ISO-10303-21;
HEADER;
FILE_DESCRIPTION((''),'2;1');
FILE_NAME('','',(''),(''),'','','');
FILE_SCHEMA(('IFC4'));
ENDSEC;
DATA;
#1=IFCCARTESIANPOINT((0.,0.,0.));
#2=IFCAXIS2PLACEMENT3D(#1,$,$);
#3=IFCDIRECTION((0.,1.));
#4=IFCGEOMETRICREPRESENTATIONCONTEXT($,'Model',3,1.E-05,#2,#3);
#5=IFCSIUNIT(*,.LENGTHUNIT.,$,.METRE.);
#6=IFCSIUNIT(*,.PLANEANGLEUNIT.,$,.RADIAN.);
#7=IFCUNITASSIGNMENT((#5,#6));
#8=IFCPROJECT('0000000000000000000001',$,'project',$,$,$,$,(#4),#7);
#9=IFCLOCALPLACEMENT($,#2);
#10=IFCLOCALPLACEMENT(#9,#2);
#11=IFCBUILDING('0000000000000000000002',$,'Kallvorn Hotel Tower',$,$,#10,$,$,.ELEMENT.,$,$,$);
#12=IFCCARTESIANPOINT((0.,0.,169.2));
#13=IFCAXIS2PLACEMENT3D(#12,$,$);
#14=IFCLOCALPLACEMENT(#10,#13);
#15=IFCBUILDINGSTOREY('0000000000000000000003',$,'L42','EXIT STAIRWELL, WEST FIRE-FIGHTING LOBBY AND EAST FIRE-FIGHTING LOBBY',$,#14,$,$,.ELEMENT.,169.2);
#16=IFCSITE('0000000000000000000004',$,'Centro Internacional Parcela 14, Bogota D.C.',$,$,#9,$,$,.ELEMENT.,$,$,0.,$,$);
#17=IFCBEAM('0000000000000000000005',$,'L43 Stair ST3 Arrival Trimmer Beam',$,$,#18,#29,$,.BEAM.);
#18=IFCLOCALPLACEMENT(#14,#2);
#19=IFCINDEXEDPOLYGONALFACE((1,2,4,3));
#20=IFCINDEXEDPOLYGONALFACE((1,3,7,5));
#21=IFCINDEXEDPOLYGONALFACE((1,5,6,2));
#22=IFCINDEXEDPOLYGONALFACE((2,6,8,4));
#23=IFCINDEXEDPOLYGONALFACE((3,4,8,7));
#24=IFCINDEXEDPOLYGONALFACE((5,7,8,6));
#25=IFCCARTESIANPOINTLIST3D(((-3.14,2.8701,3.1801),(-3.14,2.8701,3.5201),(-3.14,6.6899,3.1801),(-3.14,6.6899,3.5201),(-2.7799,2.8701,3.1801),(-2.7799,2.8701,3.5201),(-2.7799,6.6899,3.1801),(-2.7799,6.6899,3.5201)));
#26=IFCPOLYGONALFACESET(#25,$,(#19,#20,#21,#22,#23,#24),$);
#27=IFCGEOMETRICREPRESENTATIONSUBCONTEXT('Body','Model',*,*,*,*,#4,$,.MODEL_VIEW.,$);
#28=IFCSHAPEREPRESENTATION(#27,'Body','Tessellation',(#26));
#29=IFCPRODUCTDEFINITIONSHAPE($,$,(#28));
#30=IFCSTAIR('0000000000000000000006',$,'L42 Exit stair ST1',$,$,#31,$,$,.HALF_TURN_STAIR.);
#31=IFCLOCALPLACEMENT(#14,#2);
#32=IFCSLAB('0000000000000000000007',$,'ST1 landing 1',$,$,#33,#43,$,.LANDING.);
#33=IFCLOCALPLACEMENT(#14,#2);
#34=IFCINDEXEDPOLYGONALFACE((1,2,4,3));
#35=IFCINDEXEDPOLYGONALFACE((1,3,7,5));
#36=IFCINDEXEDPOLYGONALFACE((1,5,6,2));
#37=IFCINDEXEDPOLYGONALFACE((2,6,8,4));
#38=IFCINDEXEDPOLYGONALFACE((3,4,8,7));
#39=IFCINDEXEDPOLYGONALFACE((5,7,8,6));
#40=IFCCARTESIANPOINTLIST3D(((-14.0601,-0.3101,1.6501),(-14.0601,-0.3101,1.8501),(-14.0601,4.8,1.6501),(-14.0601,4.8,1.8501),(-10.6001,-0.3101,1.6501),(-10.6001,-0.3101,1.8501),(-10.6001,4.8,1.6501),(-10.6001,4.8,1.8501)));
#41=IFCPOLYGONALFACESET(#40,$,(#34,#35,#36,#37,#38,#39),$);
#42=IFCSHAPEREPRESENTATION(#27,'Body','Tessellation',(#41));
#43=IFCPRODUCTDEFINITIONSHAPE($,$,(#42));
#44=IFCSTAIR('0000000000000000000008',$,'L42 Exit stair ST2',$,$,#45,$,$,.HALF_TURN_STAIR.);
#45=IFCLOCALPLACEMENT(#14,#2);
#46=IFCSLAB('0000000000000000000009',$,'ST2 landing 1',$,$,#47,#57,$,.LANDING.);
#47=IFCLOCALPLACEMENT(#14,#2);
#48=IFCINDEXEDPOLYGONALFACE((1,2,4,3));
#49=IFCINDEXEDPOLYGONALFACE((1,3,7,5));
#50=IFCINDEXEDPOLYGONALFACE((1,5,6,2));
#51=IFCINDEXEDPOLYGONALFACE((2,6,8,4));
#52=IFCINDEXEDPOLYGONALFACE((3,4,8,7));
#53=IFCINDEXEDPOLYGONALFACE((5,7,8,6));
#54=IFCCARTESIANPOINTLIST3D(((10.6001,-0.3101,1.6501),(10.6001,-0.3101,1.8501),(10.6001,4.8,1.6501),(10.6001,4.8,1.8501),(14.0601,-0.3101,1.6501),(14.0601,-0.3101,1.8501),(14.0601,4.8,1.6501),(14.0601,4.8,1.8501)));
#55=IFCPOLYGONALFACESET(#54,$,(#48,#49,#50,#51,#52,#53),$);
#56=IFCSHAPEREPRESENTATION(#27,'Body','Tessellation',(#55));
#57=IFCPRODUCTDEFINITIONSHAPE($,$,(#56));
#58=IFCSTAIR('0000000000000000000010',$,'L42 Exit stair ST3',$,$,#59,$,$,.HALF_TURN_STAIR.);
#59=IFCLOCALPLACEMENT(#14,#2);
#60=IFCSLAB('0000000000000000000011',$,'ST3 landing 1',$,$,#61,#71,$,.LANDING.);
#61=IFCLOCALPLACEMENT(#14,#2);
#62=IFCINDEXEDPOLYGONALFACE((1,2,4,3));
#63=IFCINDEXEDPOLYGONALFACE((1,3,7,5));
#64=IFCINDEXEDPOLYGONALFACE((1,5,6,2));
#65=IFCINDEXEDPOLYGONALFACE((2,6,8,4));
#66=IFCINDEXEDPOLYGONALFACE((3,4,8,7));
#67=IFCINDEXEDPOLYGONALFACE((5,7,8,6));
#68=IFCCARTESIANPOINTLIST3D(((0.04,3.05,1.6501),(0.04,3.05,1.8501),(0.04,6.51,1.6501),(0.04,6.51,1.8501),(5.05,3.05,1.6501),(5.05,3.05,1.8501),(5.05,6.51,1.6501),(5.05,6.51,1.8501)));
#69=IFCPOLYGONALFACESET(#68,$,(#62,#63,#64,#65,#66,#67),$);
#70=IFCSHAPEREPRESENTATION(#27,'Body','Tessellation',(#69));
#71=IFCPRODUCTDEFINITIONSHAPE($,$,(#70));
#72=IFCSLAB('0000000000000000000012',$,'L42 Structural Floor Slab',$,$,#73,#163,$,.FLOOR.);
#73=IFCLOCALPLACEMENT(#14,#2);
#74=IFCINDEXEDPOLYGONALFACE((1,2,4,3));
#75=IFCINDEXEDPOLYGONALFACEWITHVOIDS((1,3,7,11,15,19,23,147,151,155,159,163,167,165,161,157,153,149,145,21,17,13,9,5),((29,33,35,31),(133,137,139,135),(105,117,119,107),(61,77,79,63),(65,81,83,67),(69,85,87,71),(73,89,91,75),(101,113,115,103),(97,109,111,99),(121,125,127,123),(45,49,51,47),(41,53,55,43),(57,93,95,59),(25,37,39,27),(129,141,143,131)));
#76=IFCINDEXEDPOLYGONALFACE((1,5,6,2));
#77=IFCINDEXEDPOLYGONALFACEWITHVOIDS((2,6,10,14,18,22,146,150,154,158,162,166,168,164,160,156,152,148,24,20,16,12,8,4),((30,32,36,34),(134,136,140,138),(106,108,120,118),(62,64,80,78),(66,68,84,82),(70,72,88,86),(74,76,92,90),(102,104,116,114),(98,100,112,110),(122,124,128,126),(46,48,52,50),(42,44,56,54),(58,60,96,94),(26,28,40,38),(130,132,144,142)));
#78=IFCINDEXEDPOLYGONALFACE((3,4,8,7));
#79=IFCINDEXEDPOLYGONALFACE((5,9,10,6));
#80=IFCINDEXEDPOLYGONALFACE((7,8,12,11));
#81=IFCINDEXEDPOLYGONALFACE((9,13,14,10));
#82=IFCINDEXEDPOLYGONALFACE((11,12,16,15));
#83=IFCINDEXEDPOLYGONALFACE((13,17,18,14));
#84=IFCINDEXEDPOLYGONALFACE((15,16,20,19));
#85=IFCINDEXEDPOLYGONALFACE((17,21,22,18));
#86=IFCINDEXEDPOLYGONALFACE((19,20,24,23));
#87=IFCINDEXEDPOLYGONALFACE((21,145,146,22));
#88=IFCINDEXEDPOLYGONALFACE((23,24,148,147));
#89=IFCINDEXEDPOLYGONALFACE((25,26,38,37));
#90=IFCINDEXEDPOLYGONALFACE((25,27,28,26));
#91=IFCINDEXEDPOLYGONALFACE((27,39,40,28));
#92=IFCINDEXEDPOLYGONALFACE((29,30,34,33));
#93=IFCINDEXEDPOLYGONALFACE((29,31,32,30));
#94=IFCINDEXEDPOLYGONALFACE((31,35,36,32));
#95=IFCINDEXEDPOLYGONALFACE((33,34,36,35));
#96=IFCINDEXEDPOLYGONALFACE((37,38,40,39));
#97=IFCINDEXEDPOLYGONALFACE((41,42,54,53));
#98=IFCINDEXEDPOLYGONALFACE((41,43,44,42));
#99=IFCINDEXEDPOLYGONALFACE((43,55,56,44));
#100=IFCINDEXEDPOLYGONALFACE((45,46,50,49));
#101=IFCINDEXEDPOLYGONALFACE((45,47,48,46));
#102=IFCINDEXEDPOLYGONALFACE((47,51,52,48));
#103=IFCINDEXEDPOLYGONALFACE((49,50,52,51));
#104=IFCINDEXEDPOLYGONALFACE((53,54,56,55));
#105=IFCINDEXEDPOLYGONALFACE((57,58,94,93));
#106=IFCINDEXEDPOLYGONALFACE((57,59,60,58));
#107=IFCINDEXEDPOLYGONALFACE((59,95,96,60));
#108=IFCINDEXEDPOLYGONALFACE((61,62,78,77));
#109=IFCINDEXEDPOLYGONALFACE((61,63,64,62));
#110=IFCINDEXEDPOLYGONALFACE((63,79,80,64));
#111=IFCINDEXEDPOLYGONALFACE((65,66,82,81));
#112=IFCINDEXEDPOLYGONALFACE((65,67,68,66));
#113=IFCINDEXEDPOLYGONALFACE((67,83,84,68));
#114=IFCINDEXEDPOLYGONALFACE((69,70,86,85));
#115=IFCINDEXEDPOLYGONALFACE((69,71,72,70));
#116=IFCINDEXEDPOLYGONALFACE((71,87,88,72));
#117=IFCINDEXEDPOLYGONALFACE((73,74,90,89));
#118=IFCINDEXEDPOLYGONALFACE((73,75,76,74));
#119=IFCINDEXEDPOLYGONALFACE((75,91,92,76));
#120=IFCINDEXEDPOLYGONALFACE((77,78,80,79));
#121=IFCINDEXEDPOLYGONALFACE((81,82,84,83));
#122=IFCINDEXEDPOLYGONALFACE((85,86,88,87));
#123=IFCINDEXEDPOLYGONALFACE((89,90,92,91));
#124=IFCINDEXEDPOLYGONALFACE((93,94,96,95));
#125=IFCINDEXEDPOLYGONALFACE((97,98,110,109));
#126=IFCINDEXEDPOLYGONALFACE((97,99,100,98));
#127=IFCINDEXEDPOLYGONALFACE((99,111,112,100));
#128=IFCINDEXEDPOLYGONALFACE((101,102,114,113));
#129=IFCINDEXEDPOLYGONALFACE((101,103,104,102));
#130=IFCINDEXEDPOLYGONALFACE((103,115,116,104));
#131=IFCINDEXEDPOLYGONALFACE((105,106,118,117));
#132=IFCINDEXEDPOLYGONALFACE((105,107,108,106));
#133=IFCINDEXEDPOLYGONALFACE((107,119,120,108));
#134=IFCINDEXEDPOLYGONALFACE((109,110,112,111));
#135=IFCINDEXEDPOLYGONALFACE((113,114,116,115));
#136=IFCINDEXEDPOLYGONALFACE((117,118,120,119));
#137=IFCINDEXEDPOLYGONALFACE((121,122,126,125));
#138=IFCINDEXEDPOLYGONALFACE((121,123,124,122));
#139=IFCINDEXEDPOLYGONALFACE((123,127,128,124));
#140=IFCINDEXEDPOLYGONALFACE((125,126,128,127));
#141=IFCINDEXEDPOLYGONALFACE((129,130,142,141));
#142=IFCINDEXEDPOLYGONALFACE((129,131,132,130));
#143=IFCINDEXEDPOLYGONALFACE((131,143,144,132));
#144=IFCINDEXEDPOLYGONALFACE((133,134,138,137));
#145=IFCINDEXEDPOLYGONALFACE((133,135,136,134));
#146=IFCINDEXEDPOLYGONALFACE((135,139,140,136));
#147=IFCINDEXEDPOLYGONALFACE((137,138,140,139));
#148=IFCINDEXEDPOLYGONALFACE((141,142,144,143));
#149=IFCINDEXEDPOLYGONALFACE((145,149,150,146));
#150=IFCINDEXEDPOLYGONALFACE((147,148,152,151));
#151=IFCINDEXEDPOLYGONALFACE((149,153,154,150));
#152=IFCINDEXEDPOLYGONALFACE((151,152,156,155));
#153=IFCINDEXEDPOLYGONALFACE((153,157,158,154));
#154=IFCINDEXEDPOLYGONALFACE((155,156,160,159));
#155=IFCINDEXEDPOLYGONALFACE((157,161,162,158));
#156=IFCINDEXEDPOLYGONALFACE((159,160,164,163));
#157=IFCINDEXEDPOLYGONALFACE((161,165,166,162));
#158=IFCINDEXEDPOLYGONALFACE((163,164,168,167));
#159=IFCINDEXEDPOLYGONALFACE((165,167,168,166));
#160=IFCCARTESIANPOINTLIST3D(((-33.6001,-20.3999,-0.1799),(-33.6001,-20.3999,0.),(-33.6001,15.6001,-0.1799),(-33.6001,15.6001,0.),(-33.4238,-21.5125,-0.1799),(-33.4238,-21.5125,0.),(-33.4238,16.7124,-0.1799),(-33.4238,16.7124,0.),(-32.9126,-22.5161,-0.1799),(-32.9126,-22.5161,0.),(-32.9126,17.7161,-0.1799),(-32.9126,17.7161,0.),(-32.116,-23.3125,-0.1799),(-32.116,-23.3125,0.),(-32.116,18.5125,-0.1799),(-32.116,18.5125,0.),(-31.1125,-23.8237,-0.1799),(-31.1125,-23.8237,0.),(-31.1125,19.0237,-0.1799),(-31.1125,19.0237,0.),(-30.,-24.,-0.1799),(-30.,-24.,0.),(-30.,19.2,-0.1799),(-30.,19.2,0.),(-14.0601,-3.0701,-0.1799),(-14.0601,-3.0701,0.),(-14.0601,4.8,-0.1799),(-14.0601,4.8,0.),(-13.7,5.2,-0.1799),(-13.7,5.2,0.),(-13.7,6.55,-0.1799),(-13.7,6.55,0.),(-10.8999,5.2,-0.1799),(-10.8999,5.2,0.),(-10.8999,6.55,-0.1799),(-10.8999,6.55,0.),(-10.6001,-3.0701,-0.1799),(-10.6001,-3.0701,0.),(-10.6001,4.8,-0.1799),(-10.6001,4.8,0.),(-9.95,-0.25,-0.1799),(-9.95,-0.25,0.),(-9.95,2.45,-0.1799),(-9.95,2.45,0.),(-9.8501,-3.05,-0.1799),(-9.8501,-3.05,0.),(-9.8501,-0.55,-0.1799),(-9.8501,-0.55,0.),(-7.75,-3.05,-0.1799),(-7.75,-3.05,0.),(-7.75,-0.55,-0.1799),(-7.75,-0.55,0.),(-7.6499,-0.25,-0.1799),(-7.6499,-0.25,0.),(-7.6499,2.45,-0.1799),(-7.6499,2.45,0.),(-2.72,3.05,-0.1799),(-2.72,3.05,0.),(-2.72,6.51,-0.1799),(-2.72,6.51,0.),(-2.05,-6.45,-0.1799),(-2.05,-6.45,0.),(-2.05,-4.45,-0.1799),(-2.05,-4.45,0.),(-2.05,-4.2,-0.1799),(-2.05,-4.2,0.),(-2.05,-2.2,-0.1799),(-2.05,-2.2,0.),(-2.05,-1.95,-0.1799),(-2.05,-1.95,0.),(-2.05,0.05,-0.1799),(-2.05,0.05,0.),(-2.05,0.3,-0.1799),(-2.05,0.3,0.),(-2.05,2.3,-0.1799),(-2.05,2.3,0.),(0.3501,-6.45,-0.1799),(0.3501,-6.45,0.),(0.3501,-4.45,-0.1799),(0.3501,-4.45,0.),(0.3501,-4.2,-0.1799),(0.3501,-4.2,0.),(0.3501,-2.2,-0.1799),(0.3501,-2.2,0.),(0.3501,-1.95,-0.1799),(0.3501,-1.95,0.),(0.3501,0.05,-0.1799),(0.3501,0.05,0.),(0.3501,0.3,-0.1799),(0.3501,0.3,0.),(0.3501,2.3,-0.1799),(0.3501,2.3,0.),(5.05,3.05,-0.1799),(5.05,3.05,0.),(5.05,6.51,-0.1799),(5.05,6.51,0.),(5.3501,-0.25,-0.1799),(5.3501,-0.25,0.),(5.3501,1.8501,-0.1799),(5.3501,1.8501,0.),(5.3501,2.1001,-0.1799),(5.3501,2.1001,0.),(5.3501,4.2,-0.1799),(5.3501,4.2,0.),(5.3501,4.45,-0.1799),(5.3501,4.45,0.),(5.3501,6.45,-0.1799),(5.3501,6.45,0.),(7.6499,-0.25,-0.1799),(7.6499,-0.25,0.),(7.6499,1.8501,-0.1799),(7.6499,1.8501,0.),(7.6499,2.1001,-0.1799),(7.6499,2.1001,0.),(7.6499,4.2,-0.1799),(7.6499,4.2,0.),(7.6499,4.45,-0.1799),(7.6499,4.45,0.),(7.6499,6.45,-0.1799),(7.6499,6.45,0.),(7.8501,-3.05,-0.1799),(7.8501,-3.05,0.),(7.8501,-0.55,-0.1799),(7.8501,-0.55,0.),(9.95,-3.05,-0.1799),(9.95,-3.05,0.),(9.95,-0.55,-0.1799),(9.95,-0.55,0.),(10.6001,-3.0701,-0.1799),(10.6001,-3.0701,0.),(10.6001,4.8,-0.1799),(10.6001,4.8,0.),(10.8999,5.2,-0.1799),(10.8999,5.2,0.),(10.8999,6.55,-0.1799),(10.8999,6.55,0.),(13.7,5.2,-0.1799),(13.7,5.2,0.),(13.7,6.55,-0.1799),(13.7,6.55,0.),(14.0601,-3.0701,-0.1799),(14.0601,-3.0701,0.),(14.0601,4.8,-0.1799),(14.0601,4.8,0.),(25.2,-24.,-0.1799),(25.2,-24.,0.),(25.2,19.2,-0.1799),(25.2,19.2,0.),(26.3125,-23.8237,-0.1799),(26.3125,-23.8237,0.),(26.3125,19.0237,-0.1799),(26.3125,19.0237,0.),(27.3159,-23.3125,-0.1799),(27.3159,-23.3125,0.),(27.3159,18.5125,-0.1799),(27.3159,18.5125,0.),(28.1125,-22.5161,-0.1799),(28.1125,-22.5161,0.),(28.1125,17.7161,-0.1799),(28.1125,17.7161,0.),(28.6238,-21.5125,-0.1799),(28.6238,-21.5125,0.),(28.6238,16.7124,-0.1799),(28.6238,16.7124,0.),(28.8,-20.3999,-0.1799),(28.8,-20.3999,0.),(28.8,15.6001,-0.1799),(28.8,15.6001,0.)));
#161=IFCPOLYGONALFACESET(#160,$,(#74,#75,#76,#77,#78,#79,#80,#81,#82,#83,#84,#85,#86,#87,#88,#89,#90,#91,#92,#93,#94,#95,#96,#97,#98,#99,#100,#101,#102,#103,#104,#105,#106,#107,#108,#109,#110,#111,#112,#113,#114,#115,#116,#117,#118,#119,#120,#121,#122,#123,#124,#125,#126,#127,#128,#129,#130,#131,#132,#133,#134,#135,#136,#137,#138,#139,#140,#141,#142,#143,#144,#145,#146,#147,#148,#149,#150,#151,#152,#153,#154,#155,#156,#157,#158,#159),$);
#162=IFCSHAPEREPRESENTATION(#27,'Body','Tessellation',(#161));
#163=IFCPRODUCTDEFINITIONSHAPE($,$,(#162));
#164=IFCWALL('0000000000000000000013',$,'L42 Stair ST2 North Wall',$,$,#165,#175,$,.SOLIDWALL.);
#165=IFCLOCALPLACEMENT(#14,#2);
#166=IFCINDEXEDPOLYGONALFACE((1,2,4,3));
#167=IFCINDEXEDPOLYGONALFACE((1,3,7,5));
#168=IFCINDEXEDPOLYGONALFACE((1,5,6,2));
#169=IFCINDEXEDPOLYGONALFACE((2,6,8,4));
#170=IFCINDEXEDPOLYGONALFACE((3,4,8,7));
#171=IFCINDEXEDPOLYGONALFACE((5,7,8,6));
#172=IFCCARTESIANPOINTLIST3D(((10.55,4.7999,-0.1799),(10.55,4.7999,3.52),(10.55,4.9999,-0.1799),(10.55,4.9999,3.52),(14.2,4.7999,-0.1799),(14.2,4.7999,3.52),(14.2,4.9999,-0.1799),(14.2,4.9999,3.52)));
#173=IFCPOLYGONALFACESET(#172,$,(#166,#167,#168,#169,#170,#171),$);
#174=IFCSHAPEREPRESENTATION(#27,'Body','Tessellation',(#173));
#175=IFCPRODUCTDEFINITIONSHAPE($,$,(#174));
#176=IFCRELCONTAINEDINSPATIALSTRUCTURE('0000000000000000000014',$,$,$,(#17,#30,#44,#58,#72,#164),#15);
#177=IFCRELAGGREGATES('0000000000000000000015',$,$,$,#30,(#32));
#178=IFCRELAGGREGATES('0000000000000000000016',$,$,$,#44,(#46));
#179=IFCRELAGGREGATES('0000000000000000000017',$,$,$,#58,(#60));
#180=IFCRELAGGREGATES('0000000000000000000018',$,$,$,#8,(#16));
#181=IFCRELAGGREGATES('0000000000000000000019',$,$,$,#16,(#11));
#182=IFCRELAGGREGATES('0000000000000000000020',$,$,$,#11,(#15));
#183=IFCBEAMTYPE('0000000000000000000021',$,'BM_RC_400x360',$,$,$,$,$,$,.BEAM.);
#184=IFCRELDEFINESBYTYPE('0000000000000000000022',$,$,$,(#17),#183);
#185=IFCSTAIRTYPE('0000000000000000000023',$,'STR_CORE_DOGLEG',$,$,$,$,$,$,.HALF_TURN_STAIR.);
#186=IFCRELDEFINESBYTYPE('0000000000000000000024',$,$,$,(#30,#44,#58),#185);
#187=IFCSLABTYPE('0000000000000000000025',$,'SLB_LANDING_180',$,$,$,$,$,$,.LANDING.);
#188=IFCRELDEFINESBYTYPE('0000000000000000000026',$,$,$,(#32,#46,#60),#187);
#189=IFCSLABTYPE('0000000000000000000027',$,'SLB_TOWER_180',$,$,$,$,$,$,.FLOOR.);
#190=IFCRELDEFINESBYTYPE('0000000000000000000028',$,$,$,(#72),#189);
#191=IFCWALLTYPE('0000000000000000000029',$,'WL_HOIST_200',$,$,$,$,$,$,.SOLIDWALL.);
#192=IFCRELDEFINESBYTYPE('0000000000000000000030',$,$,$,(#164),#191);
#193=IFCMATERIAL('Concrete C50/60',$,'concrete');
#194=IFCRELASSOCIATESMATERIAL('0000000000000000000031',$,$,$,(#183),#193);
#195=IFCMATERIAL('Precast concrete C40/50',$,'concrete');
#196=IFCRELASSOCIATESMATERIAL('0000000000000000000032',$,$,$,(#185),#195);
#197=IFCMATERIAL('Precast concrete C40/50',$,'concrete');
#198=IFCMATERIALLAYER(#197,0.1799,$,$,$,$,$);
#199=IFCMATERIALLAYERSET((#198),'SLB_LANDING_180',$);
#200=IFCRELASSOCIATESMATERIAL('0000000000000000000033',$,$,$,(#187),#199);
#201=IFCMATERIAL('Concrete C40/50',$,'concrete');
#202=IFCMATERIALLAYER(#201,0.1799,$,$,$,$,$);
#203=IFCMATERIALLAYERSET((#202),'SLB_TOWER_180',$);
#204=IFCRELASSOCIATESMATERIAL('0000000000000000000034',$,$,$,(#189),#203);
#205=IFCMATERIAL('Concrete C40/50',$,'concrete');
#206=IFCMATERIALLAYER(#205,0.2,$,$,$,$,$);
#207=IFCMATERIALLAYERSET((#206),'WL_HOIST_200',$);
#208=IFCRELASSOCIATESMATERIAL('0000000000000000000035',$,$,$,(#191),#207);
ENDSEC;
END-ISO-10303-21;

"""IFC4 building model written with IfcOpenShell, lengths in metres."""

from ifc_helpers import new_model, si_unit, direction, frame, frame_2d, origin, origin_2d, place, context, subcontext, project, spatial, polyline, rectangle, outline, extrude, material, layer, layer_set, material_profile, profile_set, type_object, element, aggregate, save


model = new_model("IFC4")

# Units and contexts
model_context = context("Model", 3, precision=1e-05, world=origin(), true_north=direction((0.0, 1.0)))
body_context = subcontext(model_context, "Body", "Model", "MODEL_VIEW")
ifc_project = project(units=[si_unit("LENGTHUNIT", "METRE"), si_unit("PLANEANGLEUNIT", "RADIAN")], contexts=[model_context])

# Site, building, storey
site_placement = place(None, origin())
site = spatial("IfcSite", under=ifc_project, at=site_placement, Name="Centro Internacional Parcela 14, Bogota D.C.", CompositionType="ELEMENT", RefElevation=0.0)
building_placement = place(site_placement, origin())
building = spatial("IfcBuilding", under=site, at=building_placement, Name="Kallvorn Hotel Tower", CompositionType="ELEMENT")
storey_placement = place(building_placement, frame((0.0, 0.0, 169.2)))
storey = spatial("IfcBuildingStorey", under=building, at=storey_placement, Name="L42", Description="EXIT STAIRWELL, WEST FIRE-FIGHTING LOBBY AND EAST FIRE-FIGHTING LOBBY", CompositionType="ELEMENT", Elevation=169.2)

# Beam
ifc_material_1 = material(Name="Concrete C50/60", Category="concrete")
ifc_material_profile = material_profile(ifc_material_1, rectangle(XDim=0.3601, YDim=0.3401, at=origin_2d()), Name="RC 360x340")
ifc_profile_set = profile_set([ifc_material_profile], Name="Concrete C50/60")
beam_type = type_object("IfcBeamType", Name="BM_RC_400x360", PredefinedType="BEAM", material=ifc_profile_set)
beam_placement = place(storey_placement, frame((-2.96, 2.8701, 3.3501), z_axis=(0.0, 1.0, 0.0), x_axis=(-1.0, 0.0, 0.0)))
element("IfcBeam", 1, at=beam_placement, inside=storey, type_object=beam_type, Name="L43 Stair ST3 Arrival Trimmer Beam", PredefinedType="BEAM", context=body_context, shape_type="SweptSolid", body=[
    extrude(rectangle(XDim=0.3601, YDim=0.3401, at=origin_2d()), origin(), (0.0, 0.0, 1.0), 3.8198),
])

# Stairs, slabs
ifc_material_2 = material(Name="Precast concrete C40/50", Category="concrete")
stair_type = type_object("IfcStairType", Name="STR_CORE_DOGLEG", PredefinedType="HALF_TURN_STAIR", material=ifc_material_2)
stair_1_placement = place(storey_placement, origin())
stair_1 = element("IfcStair", 2, at=stair_1_placement, inside=storey, type_object=stair_type, Name="L42 Exit stair ST1", PredefinedType="HALF_TURN_STAIR")
ifc_material_3 = material(Name="Precast concrete C40/50", Category="concrete")
ifc_layer_1 = layer(ifc_material_3, 0.1799)
ifc_layer_set_1 = layer_set([ifc_layer_1], Name="SLB_LANDING_180")
slab_type_1 = type_object("IfcSlabType", Name="SLB_LANDING_180", PredefinedType="LANDING", material=ifc_layer_set_1)
slab_1_placement = place(storey_placement, frame((0.0, 0.0, 1.6501)))
slab_1 = element("IfcSlab", 3, at=slab_1_placement, type_object=slab_type_1, Name="ST1 landing 1", PredefinedType="LANDING", context=body_context, shape_type="SweptSolid", body=[
    extrude(outline(polyline([(-10.6001, -0.3101), (-10.6001, 4.8), (-14.0601, 4.8), (-14.0601, -0.3101), (-10.6001, -0.3101)])), origin(), (0.0, 0.0, 1.0), 0.2),
])
aggregate(stair_1, [slab_1])
stair_2_placement = place(storey_placement, origin())
stair_2 = element("IfcStair", 4, at=stair_2_placement, inside=storey, type_object=stair_type, Name="L42 Exit stair ST2", PredefinedType="HALF_TURN_STAIR")
slab_2_placement = place(storey_placement, frame((0.0, 0.0, 1.6501)))
slab_2 = element("IfcSlab", 5, at=slab_2_placement, type_object=slab_type_1, Name="ST2 landing 1", PredefinedType="LANDING", context=body_context, shape_type="SweptSolid", body=[
    extrude(outline(polyline([(14.0601, -0.3101), (14.0601, 4.8), (10.6001, 4.8), (10.6001, -0.3101), (14.0601, -0.3101)])), origin(), (0.0, 0.0, 1.0), 0.2),
])
stair_3_placement = place(storey_placement, origin())
stair_3 = element("IfcStair", 6, at=stair_3_placement, inside=storey, type_object=stair_type, Name="L42 Exit stair ST3", PredefinedType="HALF_TURN_STAIR")
slab_3_placement = place(storey_placement, frame((0.0, 0.0, 1.6501)))
slab_3 = element("IfcSlab", 7, at=slab_3_placement, type_object=slab_type_1, Name="ST3 landing 1", PredefinedType="LANDING", context=body_context, shape_type="SweptSolid", body=[
    extrude(outline(polyline([(0.04, 3.05), (5.05, 3.05), (5.05, 6.51), (0.04, 6.51), (0.04, 3.05)])), origin(), (0.0, 0.0, 1.0), 0.2),
])

# Slab
ifc_material_4 = material(Name="Concrete C40/50", Category="concrete")
ifc_layer_2 = layer(ifc_material_4, 0.1799)
ifc_layer_set_2 = layer_set([ifc_layer_2], Name="SLB_TOWER_180")
slab_type_2 = type_object("IfcSlabType", Name="SLB_TOWER_180", PredefinedType="FLOOR", material=ifc_layer_set_2)
slab_4_placement = place(storey_placement, frame((0.0, 0.0, -0.1799)))
element("IfcSlab", 8, at=slab_4_placement, inside=storey, type_object=slab_type_2, Name="L42 Structural Floor Slab", PredefinedType="FLOOR", context=body_context, shape_type="SweptSolid", body=[
    extrude(outline(polyline([(25.2, -24.0), (26.3125, -23.8237), (27.3159, -23.3125), (28.1125, -22.5161), (28.6238, -21.5125), (28.8, -20.3999), (28.8, 15.6001), (28.6238, 16.7124), (28.1125, 17.7161), (27.3159, 18.5125), (26.3125, 19.0237), (25.2, 19.2), (-30.0, 19.2), (-31.1125, 19.0237), (-32.116, 18.5125), (-32.9126, 17.7161), (-33.4238, 16.7124), (-33.6001, 15.6001), (-33.6001, -20.3999), (-33.4238, -21.5125), (-32.9126, -22.5161), (-32.116, -23.3125), (-31.1125, -23.8237), (-30.0, -24.0), (25.2, -24.0)]), holes=[polyline([(-10.6001, -3.0701), (-10.6001, 4.8), (-14.0601, 4.8), (-14.0601, -3.0701), (-10.6001, -3.0701)]), polyline([(14.0601, -3.0701), (14.0601, 4.8), (10.6001, 4.8), (10.6001, -3.0701), (14.0601, -3.0701)]), polyline([(-2.72, 3.05), (5.05, 3.05), (5.05, 6.51), (-2.72, 6.51), (-2.72, 3.05)]), polyline([(-2.05, -6.45), (0.3501, -6.45), (0.3501, -4.45), (-2.05, -4.45), (-2.05, -6.45)]), polyline([(-2.05, -4.2), (0.3501, -4.2), (0.3501, -2.2), (-2.05, -2.2), (-2.05, -4.2)]), polyline([(-2.05, -1.95), (0.3501, -1.95), (0.3501, 0.05), (-2.05, 0.05), (-2.05, -1.95)]), polyline([(-2.05, 0.3), (0.3501, 0.3), (0.3501, 2.3), (-2.05, 2.3), (-2.05, 0.3)]), polyline([(5.3501, -0.25), (7.6499, -0.25), (7.6499, 1.8501), (5.3501, 1.8501), (5.3501, -0.25)]), polyline([(5.3501, 2.1001), (7.6499, 2.1001), (7.6499, 4.2), (5.3501, 4.2), (5.3501, 2.1001)]), polyline([(5.3501, 4.45), (7.6499, 4.45), (7.6499, 6.45), (5.3501, 6.45), (5.3501, 4.45)]), polyline([(-9.8501, -3.05), (-7.75, -3.05), (-7.75, -0.55), (-9.8501, -0.55), (-9.8501, -3.05)]), polyline([(7.8501, -3.05), (9.95, -3.05), (9.95, -0.55), (7.8501, -0.55), (7.8501, -3.05)]), polyline([(-9.95, -0.25), (-7.6499, -0.25), (-7.6499, 2.45), (-9.95, 2.45), (-9.95, -0.25)]), polyline([(-13.7, 5.2), (-10.8999, 5.2), (-10.8999, 6.55), (-13.7, 6.55), (-13.7, 5.2)]), polyline([(10.8999, 5.2), (13.7, 5.2), (13.7, 6.55), (10.8999, 6.55), (10.8999, 5.2)])]), origin(), (0.0, 0.0, 1.0), 0.1799),
])

# Wall
ifc_material_5 = material(Name="Concrete C40/50", Category="concrete")
ifc_layer_3 = layer(ifc_material_5, 0.2)
ifc_layer_set_3 = layer_set([ifc_layer_3], Name="WL_HOIST_200")
wall_type_1 = type_object("IfcWallType", Name="WL_HOIST_200", PredefinedType="SOLIDWALL", material=ifc_layer_set_3)
wall_1_placement = place(storey_placement, frame((10.55, 4.8999, -0.1799), z_axis=(0.0, 0.0, 1.0), x_axis=(1.0, 0.0, 0.0)))
element("IfcWall", 9, at=wall_1_placement, inside=storey, type_object=wall_type_1, Name="L42 Stair ST2 North Wall", PredefinedType="SOLIDWALL", context=body_context, shape_type="SweptSolid", body=[
    extrude(rectangle(XDim=3.6499, YDim=0.2, at=frame_2d((1.825, 0.0))), origin(), (0.0, 0.0, 1.0), 3.7),
])

aggregate(stair_2, [slab_2])
aggregate(stair_3, [slab_3])

save(model, "model.ifc")
